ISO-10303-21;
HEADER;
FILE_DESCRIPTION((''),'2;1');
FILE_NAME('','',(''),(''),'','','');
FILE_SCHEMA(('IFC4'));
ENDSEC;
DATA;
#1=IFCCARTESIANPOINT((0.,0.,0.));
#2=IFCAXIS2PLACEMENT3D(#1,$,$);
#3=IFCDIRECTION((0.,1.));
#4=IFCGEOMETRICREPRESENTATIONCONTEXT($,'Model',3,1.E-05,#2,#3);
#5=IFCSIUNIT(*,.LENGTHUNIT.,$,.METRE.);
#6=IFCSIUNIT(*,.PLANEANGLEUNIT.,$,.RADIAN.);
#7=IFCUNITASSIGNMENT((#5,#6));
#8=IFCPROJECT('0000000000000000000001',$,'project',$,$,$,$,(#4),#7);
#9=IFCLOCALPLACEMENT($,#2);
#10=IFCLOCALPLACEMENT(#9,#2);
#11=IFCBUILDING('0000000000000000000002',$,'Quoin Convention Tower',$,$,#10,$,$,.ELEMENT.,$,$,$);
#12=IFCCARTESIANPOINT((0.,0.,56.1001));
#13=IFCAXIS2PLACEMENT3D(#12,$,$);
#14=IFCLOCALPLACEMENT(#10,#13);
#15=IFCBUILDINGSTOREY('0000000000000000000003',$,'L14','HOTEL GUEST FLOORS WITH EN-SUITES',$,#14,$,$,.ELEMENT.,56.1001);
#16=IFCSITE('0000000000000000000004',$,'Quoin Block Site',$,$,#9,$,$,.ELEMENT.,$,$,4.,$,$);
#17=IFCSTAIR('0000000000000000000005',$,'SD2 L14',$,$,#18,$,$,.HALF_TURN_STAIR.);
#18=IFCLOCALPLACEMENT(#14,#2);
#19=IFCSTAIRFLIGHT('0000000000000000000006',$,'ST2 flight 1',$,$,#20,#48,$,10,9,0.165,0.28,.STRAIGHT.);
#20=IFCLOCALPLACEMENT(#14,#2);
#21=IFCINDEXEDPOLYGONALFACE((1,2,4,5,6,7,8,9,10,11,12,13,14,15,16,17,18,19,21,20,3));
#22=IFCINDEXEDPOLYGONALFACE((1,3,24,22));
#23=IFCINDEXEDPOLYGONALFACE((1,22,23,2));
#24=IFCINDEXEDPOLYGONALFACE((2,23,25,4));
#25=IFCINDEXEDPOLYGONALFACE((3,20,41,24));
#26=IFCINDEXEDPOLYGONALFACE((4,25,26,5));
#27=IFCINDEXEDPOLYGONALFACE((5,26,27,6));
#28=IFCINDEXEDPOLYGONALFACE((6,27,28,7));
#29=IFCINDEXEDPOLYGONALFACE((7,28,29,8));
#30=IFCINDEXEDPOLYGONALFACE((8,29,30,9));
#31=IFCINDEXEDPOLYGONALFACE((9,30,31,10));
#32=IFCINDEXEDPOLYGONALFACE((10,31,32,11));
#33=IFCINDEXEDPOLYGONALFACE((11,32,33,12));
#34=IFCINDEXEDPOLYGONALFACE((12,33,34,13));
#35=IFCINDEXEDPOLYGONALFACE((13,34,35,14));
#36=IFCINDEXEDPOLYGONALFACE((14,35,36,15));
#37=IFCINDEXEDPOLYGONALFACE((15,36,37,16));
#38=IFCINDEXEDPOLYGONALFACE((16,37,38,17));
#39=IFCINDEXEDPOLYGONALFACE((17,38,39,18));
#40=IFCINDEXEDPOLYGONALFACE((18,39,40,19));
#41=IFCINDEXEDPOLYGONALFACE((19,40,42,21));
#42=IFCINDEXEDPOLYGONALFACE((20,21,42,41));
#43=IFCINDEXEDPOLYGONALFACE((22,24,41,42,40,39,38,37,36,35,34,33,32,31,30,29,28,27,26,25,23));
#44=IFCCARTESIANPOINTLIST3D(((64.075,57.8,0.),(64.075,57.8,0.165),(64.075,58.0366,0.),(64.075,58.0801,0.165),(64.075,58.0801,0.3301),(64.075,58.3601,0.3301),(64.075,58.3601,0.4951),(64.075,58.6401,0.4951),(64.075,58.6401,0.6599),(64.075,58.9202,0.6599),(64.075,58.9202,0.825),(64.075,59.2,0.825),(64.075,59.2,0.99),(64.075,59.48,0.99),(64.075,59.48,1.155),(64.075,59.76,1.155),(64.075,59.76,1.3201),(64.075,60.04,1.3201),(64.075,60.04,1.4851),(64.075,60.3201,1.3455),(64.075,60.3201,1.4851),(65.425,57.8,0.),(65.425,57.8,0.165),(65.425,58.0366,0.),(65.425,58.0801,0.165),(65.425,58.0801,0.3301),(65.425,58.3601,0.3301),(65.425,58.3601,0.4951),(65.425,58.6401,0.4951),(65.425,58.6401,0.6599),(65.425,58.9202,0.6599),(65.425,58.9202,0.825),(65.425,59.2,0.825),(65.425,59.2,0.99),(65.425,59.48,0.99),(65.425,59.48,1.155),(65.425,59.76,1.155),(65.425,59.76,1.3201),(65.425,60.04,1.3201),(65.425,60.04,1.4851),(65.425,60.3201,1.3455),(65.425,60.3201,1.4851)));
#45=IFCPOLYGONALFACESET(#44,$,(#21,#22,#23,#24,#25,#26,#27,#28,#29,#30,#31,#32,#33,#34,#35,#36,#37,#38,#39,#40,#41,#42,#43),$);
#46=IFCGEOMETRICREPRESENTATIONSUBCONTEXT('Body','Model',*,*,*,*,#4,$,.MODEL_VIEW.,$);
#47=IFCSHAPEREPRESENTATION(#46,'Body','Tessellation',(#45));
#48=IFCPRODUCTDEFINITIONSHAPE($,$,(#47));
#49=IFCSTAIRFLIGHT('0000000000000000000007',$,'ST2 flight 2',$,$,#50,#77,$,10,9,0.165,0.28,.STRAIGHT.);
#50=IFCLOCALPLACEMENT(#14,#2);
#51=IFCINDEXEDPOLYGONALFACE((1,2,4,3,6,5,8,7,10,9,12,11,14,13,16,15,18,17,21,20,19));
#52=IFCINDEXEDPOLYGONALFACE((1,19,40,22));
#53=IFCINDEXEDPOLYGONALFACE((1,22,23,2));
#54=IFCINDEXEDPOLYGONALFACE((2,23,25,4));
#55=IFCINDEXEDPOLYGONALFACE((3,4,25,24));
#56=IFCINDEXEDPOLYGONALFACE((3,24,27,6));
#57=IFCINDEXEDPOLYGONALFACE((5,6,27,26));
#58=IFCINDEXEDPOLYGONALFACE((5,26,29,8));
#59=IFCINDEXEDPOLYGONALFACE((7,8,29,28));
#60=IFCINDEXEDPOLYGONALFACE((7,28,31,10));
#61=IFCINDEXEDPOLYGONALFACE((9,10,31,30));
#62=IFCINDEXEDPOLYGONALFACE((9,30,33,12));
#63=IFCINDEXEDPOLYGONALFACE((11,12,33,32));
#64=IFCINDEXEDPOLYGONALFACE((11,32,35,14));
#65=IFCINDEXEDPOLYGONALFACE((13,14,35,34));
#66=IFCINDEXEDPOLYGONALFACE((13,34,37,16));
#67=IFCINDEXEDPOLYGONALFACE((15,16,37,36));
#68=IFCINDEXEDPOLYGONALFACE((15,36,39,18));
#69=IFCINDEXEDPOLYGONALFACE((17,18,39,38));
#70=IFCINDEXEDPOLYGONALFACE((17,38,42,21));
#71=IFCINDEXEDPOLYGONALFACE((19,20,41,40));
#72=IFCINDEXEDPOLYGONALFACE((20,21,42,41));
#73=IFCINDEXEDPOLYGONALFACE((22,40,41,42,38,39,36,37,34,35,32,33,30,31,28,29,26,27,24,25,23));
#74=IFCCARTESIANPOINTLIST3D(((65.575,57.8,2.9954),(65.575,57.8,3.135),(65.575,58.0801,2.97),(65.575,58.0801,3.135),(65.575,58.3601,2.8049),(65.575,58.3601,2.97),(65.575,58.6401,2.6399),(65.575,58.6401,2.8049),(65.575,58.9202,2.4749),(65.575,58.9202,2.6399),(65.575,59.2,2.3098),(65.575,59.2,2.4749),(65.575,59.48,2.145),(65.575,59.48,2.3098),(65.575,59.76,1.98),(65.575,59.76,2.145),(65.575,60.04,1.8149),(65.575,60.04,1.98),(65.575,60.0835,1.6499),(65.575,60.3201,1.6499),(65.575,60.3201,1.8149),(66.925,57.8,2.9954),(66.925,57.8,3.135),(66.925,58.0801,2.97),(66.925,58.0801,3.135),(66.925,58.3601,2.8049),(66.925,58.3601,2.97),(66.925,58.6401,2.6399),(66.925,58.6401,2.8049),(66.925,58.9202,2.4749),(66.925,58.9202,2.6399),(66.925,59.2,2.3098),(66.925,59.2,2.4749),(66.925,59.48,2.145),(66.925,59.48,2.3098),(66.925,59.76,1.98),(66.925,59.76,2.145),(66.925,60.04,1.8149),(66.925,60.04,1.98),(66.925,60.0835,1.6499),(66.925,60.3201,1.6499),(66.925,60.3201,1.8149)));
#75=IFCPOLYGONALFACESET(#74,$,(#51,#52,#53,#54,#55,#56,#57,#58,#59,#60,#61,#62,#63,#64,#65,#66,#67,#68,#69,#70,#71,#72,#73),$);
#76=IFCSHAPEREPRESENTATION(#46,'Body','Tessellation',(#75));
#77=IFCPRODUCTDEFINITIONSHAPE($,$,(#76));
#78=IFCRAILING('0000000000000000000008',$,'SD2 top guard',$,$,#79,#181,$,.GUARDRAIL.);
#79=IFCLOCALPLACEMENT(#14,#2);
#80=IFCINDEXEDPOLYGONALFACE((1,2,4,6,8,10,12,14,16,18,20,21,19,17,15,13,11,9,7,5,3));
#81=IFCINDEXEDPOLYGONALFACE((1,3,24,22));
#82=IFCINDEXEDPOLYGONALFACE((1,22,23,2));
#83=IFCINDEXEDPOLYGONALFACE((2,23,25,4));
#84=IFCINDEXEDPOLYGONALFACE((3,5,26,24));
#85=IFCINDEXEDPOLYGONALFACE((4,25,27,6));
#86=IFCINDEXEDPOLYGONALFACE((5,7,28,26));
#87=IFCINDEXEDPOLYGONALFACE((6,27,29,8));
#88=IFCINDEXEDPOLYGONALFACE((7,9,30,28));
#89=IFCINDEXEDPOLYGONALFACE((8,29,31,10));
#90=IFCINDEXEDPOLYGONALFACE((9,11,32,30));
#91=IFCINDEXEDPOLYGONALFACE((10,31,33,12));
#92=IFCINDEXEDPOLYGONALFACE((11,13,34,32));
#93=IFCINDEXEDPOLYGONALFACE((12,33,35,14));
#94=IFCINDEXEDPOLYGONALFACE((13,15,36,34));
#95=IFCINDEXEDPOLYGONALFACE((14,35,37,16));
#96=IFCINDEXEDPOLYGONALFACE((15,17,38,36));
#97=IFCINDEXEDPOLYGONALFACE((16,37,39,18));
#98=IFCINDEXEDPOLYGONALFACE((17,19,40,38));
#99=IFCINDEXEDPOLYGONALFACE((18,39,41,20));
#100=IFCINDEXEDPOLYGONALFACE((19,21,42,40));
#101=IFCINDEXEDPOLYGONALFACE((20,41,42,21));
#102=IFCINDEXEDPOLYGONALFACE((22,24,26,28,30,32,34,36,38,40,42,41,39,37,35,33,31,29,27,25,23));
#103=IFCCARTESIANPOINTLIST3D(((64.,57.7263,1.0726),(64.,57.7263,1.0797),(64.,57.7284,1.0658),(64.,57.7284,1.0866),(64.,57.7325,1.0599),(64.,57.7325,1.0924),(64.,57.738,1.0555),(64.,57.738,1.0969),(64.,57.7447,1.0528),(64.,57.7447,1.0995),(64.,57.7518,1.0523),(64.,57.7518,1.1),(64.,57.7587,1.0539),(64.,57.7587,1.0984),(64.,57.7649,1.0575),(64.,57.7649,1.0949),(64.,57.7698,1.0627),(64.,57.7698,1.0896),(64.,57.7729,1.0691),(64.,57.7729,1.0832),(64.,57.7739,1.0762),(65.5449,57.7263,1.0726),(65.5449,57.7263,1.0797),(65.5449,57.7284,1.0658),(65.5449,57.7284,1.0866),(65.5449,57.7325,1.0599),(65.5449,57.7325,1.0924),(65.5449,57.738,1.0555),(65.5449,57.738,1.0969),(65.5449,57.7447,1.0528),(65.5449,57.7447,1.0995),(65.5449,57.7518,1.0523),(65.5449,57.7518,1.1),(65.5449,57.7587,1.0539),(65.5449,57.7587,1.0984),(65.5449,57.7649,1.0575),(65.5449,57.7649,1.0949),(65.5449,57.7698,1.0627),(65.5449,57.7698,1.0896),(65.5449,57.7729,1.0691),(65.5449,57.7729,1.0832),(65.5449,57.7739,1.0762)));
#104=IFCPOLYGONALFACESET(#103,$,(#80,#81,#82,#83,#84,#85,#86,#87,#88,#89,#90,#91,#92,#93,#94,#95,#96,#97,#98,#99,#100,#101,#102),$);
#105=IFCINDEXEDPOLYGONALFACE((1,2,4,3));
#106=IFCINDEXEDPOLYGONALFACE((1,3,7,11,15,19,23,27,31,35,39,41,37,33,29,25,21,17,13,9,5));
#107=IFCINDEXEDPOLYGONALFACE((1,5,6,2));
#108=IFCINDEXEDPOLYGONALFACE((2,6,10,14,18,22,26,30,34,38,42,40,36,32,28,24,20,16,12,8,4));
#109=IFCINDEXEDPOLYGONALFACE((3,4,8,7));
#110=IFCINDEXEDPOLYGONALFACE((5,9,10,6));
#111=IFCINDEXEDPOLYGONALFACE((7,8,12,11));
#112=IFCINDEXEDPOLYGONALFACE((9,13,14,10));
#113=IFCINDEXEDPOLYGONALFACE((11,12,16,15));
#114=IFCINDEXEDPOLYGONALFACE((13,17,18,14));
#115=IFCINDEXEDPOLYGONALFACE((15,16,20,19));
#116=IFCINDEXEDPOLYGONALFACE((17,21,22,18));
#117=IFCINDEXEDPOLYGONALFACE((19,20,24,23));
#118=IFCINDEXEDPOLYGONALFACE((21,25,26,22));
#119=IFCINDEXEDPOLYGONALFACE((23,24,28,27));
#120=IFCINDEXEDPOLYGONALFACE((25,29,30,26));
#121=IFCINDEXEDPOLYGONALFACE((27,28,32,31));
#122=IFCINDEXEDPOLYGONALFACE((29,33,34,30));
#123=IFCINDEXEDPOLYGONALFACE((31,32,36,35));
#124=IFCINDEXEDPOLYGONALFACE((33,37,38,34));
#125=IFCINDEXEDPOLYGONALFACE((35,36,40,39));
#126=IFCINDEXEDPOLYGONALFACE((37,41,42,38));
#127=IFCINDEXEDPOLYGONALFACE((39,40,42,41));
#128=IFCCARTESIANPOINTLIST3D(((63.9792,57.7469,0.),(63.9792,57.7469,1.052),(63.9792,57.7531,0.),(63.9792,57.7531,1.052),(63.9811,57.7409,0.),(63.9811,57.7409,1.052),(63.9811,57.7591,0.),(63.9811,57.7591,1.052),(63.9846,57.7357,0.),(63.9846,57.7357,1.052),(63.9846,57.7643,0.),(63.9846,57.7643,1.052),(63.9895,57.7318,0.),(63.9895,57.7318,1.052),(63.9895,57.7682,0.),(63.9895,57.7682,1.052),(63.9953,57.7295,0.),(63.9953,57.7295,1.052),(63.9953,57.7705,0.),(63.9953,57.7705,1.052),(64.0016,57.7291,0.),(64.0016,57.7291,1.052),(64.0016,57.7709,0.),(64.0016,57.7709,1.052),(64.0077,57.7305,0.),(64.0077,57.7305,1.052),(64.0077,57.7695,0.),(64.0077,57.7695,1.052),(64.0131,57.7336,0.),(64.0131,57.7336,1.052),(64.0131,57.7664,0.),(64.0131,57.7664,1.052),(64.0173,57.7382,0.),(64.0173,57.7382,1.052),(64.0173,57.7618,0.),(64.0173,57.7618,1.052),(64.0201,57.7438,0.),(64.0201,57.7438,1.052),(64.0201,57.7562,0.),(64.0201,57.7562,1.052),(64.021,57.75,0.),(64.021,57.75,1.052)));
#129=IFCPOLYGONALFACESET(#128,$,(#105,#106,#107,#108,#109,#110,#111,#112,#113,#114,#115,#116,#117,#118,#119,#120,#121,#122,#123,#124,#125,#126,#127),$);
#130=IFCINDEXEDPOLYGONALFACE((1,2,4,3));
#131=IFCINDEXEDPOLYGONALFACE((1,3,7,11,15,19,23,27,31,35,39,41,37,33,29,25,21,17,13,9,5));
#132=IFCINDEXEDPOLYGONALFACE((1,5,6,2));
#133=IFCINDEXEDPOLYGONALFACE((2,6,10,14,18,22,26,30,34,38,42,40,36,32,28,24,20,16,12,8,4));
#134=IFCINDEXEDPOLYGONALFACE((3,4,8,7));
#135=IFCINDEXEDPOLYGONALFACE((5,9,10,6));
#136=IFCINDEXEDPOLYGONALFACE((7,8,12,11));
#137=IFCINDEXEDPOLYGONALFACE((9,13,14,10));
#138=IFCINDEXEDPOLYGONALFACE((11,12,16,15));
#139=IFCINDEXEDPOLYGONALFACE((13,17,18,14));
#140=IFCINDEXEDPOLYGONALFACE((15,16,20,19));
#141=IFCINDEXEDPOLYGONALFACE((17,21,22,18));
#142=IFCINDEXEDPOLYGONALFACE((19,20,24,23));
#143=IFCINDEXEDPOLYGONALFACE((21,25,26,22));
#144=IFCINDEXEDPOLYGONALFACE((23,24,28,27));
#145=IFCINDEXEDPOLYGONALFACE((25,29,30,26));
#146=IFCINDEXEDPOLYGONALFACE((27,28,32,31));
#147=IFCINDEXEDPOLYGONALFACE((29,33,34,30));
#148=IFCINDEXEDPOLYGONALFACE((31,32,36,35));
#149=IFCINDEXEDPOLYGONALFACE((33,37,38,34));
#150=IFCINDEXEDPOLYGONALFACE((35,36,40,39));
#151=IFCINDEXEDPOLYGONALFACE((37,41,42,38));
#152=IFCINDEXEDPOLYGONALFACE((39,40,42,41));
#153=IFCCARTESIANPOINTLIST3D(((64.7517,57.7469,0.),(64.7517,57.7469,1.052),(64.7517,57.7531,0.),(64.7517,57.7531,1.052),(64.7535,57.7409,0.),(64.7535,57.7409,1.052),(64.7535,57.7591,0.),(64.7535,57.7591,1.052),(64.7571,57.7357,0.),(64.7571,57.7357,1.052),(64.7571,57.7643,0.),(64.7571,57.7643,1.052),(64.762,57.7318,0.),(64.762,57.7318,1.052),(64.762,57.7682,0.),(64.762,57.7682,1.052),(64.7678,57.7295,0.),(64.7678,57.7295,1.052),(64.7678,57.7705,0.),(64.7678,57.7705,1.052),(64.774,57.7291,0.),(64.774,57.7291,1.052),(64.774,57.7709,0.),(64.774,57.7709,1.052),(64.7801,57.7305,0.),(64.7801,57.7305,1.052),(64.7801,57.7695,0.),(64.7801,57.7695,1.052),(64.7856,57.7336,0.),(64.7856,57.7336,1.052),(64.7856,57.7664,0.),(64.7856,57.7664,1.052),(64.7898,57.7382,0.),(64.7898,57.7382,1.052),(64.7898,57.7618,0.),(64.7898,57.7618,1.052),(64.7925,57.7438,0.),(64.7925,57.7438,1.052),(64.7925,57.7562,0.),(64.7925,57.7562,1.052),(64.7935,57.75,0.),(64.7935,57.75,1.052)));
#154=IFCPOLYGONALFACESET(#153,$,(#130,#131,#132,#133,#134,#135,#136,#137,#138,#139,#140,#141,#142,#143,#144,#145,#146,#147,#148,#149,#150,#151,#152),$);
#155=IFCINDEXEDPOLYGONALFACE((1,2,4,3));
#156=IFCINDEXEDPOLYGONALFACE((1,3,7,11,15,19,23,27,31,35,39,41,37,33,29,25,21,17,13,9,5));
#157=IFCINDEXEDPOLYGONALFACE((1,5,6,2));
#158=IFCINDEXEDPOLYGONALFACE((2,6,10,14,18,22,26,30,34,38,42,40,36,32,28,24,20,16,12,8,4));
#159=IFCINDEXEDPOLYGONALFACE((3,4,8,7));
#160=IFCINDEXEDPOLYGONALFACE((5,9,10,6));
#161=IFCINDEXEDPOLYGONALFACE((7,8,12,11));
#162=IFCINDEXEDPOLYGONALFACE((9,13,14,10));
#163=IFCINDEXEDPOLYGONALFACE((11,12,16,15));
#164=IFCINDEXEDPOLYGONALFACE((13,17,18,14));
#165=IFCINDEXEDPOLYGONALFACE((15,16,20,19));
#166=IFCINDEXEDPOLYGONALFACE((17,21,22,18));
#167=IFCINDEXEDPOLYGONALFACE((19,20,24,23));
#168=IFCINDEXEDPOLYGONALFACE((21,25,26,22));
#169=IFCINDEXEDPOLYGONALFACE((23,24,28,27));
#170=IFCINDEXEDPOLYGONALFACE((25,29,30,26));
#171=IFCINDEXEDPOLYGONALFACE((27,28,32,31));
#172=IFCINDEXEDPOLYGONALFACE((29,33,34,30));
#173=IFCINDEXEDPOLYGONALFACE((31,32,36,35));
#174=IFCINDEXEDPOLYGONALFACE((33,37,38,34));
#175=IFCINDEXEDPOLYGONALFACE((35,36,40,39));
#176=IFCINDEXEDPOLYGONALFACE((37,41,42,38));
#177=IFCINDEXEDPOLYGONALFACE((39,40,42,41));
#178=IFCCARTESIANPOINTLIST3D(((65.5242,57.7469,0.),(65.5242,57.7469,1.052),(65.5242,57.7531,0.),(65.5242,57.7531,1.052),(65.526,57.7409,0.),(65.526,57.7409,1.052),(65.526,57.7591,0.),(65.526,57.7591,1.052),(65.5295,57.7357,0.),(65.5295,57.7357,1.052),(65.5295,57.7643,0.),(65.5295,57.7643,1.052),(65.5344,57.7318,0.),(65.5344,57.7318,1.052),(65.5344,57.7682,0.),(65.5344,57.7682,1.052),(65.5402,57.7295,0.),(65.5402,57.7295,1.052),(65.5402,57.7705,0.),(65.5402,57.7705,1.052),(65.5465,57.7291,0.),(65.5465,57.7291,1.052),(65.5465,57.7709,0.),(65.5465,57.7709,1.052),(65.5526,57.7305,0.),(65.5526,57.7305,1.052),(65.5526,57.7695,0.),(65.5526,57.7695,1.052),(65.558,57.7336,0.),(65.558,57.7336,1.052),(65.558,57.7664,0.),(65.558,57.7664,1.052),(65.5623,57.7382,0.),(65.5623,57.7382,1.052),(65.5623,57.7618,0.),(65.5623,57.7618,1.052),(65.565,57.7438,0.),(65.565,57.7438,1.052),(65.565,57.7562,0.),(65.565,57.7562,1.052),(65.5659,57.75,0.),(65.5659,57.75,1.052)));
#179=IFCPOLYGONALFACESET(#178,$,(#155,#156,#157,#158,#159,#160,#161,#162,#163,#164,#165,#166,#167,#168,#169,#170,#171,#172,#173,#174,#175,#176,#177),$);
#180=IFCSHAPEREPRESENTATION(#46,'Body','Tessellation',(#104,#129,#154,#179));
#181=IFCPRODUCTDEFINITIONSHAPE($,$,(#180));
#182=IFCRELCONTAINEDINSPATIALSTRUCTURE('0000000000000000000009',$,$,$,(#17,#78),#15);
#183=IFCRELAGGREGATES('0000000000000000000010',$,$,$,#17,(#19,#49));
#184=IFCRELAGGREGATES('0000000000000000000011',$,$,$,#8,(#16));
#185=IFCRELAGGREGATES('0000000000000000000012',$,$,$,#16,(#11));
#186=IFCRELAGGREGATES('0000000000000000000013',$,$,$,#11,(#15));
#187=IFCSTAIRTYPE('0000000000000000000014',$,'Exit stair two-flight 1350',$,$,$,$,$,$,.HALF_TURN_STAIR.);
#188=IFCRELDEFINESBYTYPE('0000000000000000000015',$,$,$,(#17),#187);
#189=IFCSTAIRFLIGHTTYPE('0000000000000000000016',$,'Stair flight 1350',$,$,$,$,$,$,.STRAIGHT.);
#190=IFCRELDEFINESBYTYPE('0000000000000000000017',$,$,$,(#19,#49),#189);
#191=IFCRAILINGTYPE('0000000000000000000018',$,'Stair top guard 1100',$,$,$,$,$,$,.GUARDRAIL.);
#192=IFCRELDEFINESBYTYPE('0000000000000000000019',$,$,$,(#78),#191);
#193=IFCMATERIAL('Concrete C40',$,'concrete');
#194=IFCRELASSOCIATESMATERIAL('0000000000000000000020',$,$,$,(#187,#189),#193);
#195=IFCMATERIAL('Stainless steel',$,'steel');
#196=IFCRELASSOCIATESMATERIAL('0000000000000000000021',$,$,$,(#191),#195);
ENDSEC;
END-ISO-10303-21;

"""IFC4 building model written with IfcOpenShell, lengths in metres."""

from ifc_helpers import new_model, si_unit, direction, frame, origin, origin_2d, place, context, subcontext, project, spatial, polyline, circle, outline, extrude, material, type_object, element, aggregate, save


model = new_model("IFC4")

# Units and contexts
model_context = context("Model", 3, precision=1e-05, world=origin(), true_north=direction((0.0, 1.0)))
body_context = subcontext(model_context, "Body", "Model", "MODEL_VIEW")
ifc_project = project(units=[si_unit("LENGTHUNIT", "METRE"), si_unit("PLANEANGLEUNIT", "RADIAN")], contexts=[model_context])

# Site, building, storey
site_placement = place(None, origin())
site = spatial("IfcSite", under=ifc_project, at=site_placement, Name="Quoin Block Site", CompositionType="ELEMENT", RefElevation=4.0)
building_placement = place(site_placement, origin())
building = spatial("IfcBuilding", under=site, at=building_placement, Name="Quoin Convention Tower", CompositionType="ELEMENT")
storey_placement = place(building_placement, frame((0.0, 0.0, 56.1001)))
storey = spatial("IfcBuildingStorey", under=building, at=storey_placement, Name="L14", Description="HOTEL GUEST FLOORS WITH EN-SUITES", CompositionType="ELEMENT", Elevation=56.1001)

# Stair, stair flights
ifc_material_1 = material(Name="Concrete C40", Category="concrete")
stair_type = type_object("IfcStairType", Name="Exit stair two-flight 1350", PredefinedType="HALF_TURN_STAIR", material=ifc_material_1)
stair_placement = place(storey_placement, origin())
stair = element("IfcStair", 1, at=stair_placement, inside=storey, type_object=stair_type, Name="SD2 L14", PredefinedType="HALF_TURN_STAIR")
stair_flight_type = type_object("IfcStairFlightType", Name="Stair flight 1350", PredefinedType="STRAIGHT", material=ifc_material_1)
stair_flight_1_placement = place(storey_placement, frame((64.75, 57.8, 0.0), z_axis=(0.0, 0.0, 1.0), x_axis=(0.0, 1.0, 0.0)))
stair_flight_1 = element("IfcStairFlight", 2, at=stair_flight_1_placement, type_object=stair_flight_type, Name="ST2 flight 1", NumberOfRisers=10, NumberOfTreads=9, PredefinedType="STRAIGHT", RiserHeight=0.165, TreadLength=0.28, context=body_context, shape_type="SweptSolid", body=[
    extrude(outline(polyline([(0.0, 0.0), (0.0, 0.165), (0.28, 0.165), (0.28, 0.3301), (0.5601, 0.3301), (0.5601, 0.4951), (0.8401, 0.4951), (0.8401, 0.6599), (1.1201, 0.6599), (1.1201, 0.825), (1.3999, 0.825), (1.3999, 0.99), (1.6799, 0.99), (1.6799, 1.155), (1.96, 1.155), (1.96, 1.3201), (2.24, 1.3201), (2.24, 1.4851), (2.52, 1.4851), (2.52, 1.6499), (2.52, 1.3455), (0.2366, 0.0), (0.0, 0.0)])), frame((0.0, 0.675, 0.0), z_axis=(0.0, -1.0, 0.0), x_axis=(1.0, 0.0, 0.0)), (0.0, 0.0, 1.0), 1.3501),
])
stair_flight_2_placement = place(storey_placement, frame((66.25, 60.3201, 1.6499), z_axis=(0.0, 0.0, 1.0), x_axis=(0.0, -1.0, 0.0)))
stair_flight_2 = element("IfcStairFlight", 3, at=stair_flight_2_placement, type_object=stair_flight_type, Name="ST2 flight 2", NumberOfRisers=10, NumberOfTreads=9, PredefinedType="STRAIGHT", RiserHeight=0.165, TreadLength=0.28, context=body_context, shape_type="SweptSolid", body=[
    extrude(outline(polyline([(0.0, 0.0), (0.0, 0.165), (0.28, 0.165), (0.28, 0.3301), (0.5601, 0.3301), (0.5601, 0.4951), (0.8401, 0.4951), (0.8401, 0.6599), (1.1201, 0.6599), (1.1201, 0.825), (1.3999, 0.825), (1.3999, 0.99), (1.6799, 0.99), (1.6799, 1.155), (1.96, 1.155), (1.96, 1.3201), (2.24, 1.3201), (2.24, 1.4851), (2.52, 1.4851), (2.52, 1.6499), (2.52, 1.3455), (0.2366, 0.0), (0.0, 0.0)])), frame((0.0, 0.675, 0.0), z_axis=(0.0, -1.0, 0.0), x_axis=(1.0, 0.0, 0.0)), (0.0, 0.0, 1.0), 1.3501),
])
aggregate(stair, [stair_flight_1, stair_flight_2])

# Railing
ifc_material_2 = material(Name="Stainless steel", Category="steel")
railing_type_1 = type_object("IfcRailingType", Name="Stair top guard 1100", PredefinedType="GUARDRAIL", material=ifc_material_2)
railing_1_placement = place(storey_placement, frame((64.0, 57.75, 0.0)))
element("IfcRailing", 4, at=railing_1_placement, inside=storey, type_object=railing_type_1, Name="SD2 top guard", PredefinedType="GUARDRAIL", context=body_context, shape_type="SweptSolid", body=[
    extrude(circle(Radius=0.0239, at=origin_2d()), frame((0.0, 0.0, 1.0762), z_axis=(1.0, 0.0, 0.0), x_axis=(0.0, 1.0, 0.0)), (0.0, 0.0, 1.0), 1.5449),
    extrude(circle(Radius=0.021, at=origin_2d()), origin(), (0.0, 0.0, 1.0), 1.052),
    extrude(circle(Radius=0.021, at=origin_2d()), frame((0.7725, 0.0, 0.0)), (0.0, 0.0, 1.0), 1.052),
    extrude(circle(Radius=0.021, at=origin_2d()), frame((1.5449, 0.0, 0.0)), (0.0, 0.0, 1.0), 1.052),
])

save(model, "model.ifc")
